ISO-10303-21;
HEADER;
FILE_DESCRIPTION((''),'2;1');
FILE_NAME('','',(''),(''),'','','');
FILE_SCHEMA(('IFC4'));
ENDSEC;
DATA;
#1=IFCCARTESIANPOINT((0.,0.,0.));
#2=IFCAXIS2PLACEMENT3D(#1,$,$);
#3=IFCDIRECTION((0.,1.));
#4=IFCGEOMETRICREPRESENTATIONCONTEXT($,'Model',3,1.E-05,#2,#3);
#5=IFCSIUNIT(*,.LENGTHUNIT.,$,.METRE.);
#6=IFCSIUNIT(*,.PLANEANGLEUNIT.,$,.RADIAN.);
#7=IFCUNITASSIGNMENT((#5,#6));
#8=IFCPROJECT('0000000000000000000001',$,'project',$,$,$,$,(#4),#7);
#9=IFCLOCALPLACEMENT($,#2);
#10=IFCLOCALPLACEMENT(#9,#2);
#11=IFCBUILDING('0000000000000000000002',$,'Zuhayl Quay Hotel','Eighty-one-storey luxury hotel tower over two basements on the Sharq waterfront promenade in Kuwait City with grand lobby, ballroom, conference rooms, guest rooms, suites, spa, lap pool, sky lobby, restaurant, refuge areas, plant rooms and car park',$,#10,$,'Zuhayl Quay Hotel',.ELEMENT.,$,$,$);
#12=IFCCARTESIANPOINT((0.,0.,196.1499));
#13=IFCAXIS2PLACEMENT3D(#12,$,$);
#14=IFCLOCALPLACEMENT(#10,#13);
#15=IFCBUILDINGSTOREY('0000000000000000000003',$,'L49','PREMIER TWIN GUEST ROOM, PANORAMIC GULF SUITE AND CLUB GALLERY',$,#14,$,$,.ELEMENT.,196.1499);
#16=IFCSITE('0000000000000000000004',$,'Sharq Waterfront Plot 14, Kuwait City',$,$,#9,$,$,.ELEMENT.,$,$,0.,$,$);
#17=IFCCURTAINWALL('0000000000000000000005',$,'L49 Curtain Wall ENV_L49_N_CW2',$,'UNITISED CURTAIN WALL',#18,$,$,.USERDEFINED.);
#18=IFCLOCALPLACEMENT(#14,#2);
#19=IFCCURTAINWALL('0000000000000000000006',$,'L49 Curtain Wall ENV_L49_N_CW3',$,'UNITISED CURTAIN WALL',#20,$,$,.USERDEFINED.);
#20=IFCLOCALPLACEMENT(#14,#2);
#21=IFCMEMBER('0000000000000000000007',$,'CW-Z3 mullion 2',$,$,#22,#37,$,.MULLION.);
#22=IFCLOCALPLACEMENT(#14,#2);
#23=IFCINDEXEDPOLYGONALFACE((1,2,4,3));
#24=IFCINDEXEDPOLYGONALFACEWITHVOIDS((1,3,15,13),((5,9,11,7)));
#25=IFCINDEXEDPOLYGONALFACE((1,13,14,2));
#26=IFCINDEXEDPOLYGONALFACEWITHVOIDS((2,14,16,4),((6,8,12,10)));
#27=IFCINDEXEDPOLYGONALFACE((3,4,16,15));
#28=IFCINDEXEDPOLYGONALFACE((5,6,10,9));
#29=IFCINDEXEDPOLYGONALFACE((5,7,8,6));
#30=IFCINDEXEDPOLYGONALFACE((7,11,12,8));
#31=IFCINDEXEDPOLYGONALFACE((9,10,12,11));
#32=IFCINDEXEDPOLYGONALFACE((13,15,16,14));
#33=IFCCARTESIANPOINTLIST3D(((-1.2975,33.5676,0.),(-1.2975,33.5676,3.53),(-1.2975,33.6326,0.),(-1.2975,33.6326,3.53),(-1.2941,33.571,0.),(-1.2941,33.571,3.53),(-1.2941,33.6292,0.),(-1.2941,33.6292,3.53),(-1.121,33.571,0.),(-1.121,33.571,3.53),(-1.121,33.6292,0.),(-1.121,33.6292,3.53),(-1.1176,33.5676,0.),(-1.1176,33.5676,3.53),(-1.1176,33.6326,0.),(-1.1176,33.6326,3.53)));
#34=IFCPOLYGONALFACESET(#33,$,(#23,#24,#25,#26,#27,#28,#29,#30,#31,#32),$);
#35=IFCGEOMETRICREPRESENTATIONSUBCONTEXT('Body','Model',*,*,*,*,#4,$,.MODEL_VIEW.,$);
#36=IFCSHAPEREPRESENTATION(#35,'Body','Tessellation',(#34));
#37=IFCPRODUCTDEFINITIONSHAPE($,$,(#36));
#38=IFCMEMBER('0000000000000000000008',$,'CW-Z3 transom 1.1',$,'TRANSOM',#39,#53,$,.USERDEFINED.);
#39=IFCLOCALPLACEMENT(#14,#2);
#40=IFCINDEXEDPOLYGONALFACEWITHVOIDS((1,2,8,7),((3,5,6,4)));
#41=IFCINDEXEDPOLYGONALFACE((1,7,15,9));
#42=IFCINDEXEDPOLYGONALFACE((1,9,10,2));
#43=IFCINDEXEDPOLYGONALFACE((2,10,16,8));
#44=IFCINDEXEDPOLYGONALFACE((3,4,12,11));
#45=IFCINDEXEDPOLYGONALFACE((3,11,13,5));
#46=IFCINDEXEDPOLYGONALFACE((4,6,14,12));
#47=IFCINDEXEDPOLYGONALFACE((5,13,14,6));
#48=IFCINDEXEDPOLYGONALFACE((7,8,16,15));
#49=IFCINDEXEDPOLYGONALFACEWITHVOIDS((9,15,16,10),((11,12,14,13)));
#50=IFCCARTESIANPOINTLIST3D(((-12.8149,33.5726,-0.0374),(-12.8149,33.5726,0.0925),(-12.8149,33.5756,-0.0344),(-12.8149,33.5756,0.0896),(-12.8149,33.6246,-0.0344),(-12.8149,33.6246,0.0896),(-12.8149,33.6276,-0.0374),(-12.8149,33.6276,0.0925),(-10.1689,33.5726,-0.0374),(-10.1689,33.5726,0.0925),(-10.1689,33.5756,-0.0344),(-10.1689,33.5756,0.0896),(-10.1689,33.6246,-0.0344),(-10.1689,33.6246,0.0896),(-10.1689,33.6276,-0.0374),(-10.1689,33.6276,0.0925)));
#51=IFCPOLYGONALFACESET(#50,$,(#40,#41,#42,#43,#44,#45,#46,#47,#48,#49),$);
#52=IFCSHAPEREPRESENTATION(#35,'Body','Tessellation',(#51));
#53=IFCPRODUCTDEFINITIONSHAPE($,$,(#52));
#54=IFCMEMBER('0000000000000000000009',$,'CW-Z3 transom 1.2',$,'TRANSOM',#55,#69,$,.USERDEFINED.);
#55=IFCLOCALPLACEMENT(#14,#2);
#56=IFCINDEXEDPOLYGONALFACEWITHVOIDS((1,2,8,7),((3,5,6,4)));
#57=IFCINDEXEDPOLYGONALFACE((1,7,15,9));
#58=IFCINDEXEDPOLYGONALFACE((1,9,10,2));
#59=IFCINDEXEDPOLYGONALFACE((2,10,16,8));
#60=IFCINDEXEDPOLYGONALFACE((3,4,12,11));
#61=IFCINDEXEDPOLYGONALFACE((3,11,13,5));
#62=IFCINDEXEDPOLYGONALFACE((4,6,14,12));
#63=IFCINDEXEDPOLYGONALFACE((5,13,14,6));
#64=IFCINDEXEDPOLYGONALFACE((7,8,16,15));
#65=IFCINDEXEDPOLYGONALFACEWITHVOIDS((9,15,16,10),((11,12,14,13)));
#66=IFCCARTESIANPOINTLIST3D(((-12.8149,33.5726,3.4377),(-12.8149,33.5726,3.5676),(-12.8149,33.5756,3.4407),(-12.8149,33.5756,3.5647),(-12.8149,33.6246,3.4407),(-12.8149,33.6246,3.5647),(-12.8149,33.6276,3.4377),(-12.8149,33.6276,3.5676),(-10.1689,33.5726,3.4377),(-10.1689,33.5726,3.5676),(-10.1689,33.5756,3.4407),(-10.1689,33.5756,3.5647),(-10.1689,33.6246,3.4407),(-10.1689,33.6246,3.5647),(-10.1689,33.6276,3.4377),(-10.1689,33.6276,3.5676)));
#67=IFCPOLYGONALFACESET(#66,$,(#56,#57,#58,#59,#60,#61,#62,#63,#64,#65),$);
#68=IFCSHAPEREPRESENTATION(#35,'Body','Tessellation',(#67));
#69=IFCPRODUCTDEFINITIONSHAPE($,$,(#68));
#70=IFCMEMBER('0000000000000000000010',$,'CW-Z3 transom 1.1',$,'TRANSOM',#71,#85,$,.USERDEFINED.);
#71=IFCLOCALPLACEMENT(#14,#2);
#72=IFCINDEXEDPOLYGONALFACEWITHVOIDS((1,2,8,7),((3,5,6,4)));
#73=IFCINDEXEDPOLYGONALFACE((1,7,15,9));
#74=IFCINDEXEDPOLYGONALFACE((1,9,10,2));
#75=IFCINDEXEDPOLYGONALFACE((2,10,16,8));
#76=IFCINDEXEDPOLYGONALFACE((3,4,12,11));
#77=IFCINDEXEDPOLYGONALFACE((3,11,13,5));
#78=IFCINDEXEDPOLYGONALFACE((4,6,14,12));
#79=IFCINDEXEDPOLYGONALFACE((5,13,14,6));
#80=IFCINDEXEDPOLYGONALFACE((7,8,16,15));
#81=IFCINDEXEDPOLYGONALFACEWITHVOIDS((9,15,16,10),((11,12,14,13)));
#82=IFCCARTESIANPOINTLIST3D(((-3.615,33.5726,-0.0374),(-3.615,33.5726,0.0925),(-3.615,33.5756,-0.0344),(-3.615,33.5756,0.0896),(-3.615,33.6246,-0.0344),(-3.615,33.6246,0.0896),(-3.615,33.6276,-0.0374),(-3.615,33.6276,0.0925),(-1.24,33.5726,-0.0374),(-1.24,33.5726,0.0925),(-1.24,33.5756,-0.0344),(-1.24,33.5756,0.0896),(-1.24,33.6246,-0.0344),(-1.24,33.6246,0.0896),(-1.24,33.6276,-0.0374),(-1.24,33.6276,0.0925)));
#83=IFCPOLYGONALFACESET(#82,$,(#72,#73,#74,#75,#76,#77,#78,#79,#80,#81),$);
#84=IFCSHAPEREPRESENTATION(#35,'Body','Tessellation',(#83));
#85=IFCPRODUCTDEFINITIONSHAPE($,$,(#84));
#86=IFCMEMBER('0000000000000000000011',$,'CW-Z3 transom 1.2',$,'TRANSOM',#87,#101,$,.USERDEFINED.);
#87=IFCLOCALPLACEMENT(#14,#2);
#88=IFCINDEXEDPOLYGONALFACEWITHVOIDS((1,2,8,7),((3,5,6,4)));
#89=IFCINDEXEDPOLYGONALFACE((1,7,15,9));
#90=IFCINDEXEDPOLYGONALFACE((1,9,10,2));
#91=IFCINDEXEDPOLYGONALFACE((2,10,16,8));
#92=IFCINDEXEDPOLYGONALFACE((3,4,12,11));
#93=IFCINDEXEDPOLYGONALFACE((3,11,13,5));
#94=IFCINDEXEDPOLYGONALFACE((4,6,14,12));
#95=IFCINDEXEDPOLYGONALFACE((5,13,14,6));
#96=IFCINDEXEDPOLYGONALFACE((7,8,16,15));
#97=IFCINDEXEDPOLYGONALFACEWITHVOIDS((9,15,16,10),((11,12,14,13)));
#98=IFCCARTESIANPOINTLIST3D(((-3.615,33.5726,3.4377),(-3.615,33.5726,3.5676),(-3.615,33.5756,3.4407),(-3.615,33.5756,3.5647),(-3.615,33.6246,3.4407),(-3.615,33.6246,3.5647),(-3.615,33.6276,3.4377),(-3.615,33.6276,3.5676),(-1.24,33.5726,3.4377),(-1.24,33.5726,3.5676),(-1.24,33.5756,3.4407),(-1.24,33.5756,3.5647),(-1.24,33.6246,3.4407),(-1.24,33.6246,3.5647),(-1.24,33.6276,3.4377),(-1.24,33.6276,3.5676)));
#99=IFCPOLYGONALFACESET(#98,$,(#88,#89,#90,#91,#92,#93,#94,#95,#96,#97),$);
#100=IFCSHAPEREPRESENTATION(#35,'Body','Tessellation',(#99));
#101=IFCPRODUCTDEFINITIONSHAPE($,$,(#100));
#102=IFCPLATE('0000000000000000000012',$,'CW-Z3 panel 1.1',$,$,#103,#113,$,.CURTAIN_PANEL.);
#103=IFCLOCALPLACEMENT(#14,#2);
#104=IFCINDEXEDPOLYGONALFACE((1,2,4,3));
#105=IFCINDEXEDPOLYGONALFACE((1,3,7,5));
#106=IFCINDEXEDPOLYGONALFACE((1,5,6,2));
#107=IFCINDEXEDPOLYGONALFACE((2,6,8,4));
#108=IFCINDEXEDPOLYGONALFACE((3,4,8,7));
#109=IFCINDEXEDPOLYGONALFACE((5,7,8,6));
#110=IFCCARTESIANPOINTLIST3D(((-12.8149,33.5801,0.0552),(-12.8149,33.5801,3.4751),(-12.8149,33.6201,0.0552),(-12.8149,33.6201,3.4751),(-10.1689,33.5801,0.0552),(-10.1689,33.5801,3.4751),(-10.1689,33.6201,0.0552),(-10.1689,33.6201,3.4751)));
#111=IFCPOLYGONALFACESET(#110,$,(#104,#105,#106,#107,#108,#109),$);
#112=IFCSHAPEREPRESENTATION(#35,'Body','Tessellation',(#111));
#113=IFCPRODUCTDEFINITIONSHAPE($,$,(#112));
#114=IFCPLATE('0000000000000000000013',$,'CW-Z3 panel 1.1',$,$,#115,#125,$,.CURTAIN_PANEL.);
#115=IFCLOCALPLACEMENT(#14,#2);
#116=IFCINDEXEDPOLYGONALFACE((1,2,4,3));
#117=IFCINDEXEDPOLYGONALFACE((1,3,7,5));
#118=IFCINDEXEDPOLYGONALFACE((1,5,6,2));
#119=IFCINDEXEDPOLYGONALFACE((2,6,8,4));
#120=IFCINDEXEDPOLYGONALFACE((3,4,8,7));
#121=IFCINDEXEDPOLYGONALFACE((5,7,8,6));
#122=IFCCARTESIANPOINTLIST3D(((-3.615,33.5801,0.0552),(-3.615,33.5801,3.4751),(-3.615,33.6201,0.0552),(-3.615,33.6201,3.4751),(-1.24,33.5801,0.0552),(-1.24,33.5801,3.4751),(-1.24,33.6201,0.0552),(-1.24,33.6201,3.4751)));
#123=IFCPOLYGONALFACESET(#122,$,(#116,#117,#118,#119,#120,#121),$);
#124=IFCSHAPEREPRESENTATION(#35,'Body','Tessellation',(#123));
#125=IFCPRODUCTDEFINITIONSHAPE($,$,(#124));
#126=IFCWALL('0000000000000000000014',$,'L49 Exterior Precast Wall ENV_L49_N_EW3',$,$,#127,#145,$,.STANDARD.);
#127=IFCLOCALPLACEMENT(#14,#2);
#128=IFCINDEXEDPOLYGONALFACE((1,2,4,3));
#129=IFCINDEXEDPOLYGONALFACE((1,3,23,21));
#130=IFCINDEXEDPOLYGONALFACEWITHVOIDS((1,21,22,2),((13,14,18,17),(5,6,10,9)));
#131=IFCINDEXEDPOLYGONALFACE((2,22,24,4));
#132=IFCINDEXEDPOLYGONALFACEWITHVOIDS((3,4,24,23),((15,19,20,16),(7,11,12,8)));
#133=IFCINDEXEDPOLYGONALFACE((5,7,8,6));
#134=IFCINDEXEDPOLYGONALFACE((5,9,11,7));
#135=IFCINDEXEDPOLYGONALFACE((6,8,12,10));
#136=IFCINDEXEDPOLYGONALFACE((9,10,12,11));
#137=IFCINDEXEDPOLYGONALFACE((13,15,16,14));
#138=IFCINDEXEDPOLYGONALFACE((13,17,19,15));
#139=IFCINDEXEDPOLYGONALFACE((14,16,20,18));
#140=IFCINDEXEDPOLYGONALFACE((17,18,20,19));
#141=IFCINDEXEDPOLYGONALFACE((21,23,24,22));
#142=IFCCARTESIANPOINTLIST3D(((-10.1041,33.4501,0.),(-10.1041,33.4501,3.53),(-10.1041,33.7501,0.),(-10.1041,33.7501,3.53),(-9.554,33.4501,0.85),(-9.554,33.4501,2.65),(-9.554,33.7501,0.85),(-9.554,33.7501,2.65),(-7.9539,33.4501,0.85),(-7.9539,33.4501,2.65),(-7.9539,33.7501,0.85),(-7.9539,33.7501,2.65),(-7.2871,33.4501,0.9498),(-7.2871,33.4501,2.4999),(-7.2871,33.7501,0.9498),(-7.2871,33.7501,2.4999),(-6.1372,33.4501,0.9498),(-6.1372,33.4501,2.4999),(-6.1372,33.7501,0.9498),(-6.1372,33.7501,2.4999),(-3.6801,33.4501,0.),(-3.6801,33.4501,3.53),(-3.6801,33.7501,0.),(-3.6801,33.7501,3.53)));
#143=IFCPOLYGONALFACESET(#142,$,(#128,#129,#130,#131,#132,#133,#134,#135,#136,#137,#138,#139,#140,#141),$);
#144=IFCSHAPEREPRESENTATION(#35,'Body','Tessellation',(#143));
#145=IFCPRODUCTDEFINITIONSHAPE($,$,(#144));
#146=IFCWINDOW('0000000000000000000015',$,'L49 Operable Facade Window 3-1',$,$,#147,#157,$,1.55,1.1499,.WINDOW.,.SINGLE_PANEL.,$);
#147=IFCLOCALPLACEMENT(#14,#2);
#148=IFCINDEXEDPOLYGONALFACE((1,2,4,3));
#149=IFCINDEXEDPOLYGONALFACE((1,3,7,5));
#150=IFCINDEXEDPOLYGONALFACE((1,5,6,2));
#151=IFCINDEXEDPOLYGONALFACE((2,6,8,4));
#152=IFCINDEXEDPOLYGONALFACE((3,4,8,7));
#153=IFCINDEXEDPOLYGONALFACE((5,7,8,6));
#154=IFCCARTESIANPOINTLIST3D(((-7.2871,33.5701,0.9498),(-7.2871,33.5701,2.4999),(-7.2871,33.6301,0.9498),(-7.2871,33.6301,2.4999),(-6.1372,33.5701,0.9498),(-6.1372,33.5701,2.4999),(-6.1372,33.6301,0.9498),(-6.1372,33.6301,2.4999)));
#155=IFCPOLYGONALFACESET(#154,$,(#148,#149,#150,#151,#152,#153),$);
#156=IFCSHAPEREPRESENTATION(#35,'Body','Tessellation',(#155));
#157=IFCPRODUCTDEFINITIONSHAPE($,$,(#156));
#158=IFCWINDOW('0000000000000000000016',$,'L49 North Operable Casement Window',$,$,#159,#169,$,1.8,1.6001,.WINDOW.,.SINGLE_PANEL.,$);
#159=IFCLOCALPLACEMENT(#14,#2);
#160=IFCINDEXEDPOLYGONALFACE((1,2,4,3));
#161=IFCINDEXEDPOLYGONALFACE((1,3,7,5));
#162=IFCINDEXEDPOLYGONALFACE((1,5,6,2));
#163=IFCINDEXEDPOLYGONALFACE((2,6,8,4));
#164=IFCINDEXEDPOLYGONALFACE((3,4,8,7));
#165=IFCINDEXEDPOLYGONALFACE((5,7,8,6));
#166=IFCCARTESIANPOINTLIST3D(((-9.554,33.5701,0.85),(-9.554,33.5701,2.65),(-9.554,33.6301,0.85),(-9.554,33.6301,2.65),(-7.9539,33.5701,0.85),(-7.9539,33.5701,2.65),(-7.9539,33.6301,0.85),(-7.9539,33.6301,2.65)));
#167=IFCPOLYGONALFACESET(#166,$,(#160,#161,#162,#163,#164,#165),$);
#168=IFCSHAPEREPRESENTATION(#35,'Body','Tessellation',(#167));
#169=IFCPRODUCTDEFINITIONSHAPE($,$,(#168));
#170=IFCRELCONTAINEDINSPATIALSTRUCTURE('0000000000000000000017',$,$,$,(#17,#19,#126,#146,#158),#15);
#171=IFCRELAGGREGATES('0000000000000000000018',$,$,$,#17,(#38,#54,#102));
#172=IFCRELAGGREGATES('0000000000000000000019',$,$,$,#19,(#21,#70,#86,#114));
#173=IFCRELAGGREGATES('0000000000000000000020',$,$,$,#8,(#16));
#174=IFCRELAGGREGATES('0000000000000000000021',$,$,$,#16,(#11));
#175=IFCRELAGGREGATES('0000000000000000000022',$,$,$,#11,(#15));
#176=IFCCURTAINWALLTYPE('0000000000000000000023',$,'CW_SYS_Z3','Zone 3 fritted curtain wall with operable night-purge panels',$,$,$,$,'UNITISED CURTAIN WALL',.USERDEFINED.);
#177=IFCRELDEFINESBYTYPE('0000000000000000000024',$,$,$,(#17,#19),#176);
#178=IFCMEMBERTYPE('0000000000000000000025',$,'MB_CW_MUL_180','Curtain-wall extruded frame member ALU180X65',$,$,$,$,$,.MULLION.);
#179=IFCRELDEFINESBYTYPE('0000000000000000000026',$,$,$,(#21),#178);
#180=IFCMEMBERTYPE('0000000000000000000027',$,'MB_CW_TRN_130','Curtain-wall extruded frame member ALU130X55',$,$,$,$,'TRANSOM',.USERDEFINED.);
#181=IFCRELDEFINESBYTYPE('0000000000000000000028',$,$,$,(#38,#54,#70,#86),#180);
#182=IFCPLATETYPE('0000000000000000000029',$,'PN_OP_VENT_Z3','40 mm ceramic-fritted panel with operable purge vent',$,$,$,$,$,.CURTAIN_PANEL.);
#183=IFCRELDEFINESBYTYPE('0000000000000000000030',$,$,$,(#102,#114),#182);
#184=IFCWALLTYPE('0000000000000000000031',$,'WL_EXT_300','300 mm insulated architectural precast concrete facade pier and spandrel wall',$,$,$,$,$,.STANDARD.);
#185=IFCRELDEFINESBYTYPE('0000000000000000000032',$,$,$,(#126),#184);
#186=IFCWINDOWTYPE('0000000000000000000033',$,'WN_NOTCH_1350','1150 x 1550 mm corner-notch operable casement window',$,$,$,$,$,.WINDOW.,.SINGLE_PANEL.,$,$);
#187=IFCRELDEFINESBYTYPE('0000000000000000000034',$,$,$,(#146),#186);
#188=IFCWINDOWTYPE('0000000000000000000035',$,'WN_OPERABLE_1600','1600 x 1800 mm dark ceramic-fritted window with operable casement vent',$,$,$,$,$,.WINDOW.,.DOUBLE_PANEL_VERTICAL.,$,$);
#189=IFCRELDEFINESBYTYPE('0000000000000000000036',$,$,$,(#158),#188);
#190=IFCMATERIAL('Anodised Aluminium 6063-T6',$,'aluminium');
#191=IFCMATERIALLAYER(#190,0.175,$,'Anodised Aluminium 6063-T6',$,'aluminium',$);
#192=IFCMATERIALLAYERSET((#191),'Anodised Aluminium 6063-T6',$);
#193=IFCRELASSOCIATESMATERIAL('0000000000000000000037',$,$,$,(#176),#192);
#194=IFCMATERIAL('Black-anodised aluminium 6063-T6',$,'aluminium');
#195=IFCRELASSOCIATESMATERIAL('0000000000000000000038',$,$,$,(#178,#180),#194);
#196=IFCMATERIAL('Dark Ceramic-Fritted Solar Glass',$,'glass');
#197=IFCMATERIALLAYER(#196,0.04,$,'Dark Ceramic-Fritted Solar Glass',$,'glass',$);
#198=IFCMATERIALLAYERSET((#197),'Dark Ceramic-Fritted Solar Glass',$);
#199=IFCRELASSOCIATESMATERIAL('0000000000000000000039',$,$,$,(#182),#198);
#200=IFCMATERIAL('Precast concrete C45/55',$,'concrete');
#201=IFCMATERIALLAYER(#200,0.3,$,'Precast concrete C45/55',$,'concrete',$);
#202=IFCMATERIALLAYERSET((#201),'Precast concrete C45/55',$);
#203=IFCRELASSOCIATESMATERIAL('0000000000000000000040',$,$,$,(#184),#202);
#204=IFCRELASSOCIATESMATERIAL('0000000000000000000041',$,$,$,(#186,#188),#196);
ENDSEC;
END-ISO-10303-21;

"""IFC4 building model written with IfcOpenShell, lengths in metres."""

from ifc_helpers import new_model, si_unit, direction, frame, frame_2d, origin, origin_2d, place, context, subcontext, project, spatial, rectangle, hollow_rectangle, extrude, material, layer, layer_set, material_profile, profile_set, type_object, element, fill, aggregate, save


model = new_model("IFC4")

# Units and contexts
model_context = context("Model", 3, precision=1e-05, world=origin(), true_north=direction((0.0, 1.0)))
body_context = subcontext(model_context, "Body", "Model", "MODEL_VIEW")
ifc_project = project(units=[si_unit("LENGTHUNIT", "METRE"), si_unit("PLANEANGLEUNIT", "RADIAN")], contexts=[model_context])

# Site, building, storey
site_placement = place(None, origin())
site = spatial("IfcSite", under=ifc_project, at=site_placement, Name="Sharq Waterfront Plot 14, Kuwait City", CompositionType="ELEMENT", RefElevation=0.0)
building_placement = place(site_placement, origin())
building = spatial("IfcBuilding", under=site, at=building_placement, Name="Zuhayl Quay Hotel", Description="Eighty-one-storey luxury hotel tower over two basements on the Sharq waterfront promenade in Kuwait City with grand lobby, ballroom, conference rooms, guest rooms, suites, spa, lap pool, sky lobby, restaurant, refuge areas, plant rooms and car park", LongName="Zuhayl Quay Hotel", CompositionType="ELEMENT")
storey_placement = place(building_placement, frame((0.0, 0.0, 196.1499)))
storey = spatial("IfcBuildingStorey", under=building, at=storey_placement, Name="L49", Description="PREMIER TWIN GUEST ROOM, PANORAMIC GULF SUITE AND CLUB GALLERY", CompositionType="ELEMENT", Elevation=196.1499)

# Curtain walls, member
ifc_material_1 = material(Name="Anodised Aluminium 6063-T6", Category="aluminium")
ifc_layer_1 = layer(ifc_material_1, 0.175, Name="Anodised Aluminium 6063-T6", Category="aluminium")
ifc_layer_set_1 = layer_set([ifc_layer_1], Name="Anodised Aluminium 6063-T6")
curtain_wall_type = type_object("IfcCurtainWallType", Name="CW_SYS_Z3", Description="Zone 3 fritted curtain wall with operable night-purge panels", ElementType="UNITISED CURTAIN WALL", PredefinedType="USERDEFINED", material=ifc_layer_set_1)
curtain_wall_1_placement = place(storey_placement, origin())
curtain_wall_1 = element("IfcCurtainWall", 1, at=curtain_wall_1_placement, inside=storey, type_object=curtain_wall_type, Name="L49 Curtain Wall ENV_L49_N_CW2", ObjectType="UNITISED CURTAIN WALL", PredefinedType="USERDEFINED")
ifc_material_2 = material(Name="Black-anodised aluminium 6063-T6", Category="aluminium")
ifc_material_profile_1 = material_profile(ifc_material_2, hollow_rectangle(XDim=0.0649, YDim=0.1799, WallThickness=0.0034, at=origin_2d()), Name="ALU180X65")
ifc_profile_set_1 = profile_set([ifc_material_profile_1], Name="Black-anodised aluminium 6063-T6")
member_type_1 = type_object("IfcMemberType", Name="MB_CW_MUL_180", Description="Curtain-wall extruded frame member ALU180X65", PredefinedType="MULLION", material=ifc_profile_set_1)
curtain_wall_2_placement = place(storey_placement, origin())
curtain_wall_2 = element("IfcCurtainWall", 2, at=curtain_wall_2_placement, inside=storey, type_object=curtain_wall_type, Name="L49 Curtain Wall ENV_L49_N_CW3", ObjectType="UNITISED CURTAIN WALL", PredefinedType="USERDEFINED")
member_1_placement = place(storey_placement, frame((-1.2075, 33.6001, 0.0), z_axis=(0.0, 0.0, 1.0), x_axis=(0.0, 1.0, 0.0)))
member_1 = element("IfcMember", 3, at=member_1_placement, type_object=member_type_1, Name="CW-Z3 mullion 2", PredefinedType="MULLION", context=body_context, shape_type="SweptSolid", body=[
    extrude(hollow_rectangle(XDim=0.0649, YDim=0.1799, WallThickness=0.0034, at=origin_2d()), origin(), (0.0, 0.0, 1.0), 3.53),
])

# Members
ifc_material_profile_2 = material_profile(ifc_material_2, hollow_rectangle(XDim=0.0549, YDim=0.1299, WallThickness=0.0029, at=origin_2d()), Name="ALU130X55")
ifc_profile_set_2 = profile_set([ifc_material_profile_2], Name="Black-anodised aluminium 6063-T6")
member_type_2 = type_object("IfcMemberType", Name="MB_CW_TRN_130", Description="Curtain-wall extruded frame member ALU130X55", ElementType="TRANSOM", PredefinedType="USERDEFINED", material=ifc_profile_set_2)
member_2_placement = place(storey_placement, frame((-12.8149, 33.6001, 0.0276), z_axis=(1.0, 0.0, 0.0), x_axis=(0.0, 1.0, 0.0)))
member_2 = element("IfcMember", 4, at=member_2_placement, type_object=member_type_2, Name="CW-Z3 transom 1.1", ObjectType="TRANSOM", PredefinedType="USERDEFINED", context=body_context, shape_type="SweptSolid", body=[
    extrude(hollow_rectangle(XDim=0.0549, YDim=0.1299, WallThickness=0.0029, at=origin_2d()), origin(), (0.0, 0.0, 1.0), 2.646),
])
member_3_placement = place(storey_placement, frame((-12.8149, 33.6001, 3.5027), z_axis=(1.0, 0.0, 0.0), x_axis=(0.0, 1.0, 0.0)))
member_3 = element("IfcMember", 5, at=member_3_placement, type_object=member_type_2, Name="CW-Z3 transom 1.2", ObjectType="TRANSOM", PredefinedType="USERDEFINED", context=body_context, shape_type="SweptSolid", body=[
    extrude(hollow_rectangle(XDim=0.0549, YDim=0.1299, WallThickness=0.0029, at=origin_2d()), origin(), (0.0, 0.0, 1.0), 2.646),
])
member_4_placement = place(storey_placement, frame((-3.615, 33.6001, 0.0276), z_axis=(1.0, 0.0, 0.0), x_axis=(0.0, 1.0, 0.0)))
member_4 = element("IfcMember", 6, at=member_4_placement, type_object=member_type_2, Name="CW-Z3 transom 1.1", ObjectType="TRANSOM", PredefinedType="USERDEFINED", context=body_context, shape_type="SweptSolid", body=[
    extrude(hollow_rectangle(XDim=0.0549, YDim=0.1299, WallThickness=0.0029, at=origin_2d()), origin(), (0.0, 0.0, 1.0), 2.375),
])
member_5_placement = place(storey_placement, frame((-3.615, 33.6001, 3.5027), z_axis=(1.0, 0.0, 0.0), x_axis=(0.0, 1.0, 0.0)))
member_5 = element("IfcMember", 7, at=member_5_placement, type_object=member_type_2, Name="CW-Z3 transom 1.2", ObjectType="TRANSOM", PredefinedType="USERDEFINED", context=body_context, shape_type="SweptSolid", body=[
    extrude(hollow_rectangle(XDim=0.0549, YDim=0.1299, WallThickness=0.0029, at=origin_2d()), origin(), (0.0, 0.0, 1.0), 2.375),
])

# Plates
ifc_material_3 = material(Name="Dark Ceramic-Fritted Solar Glass", Category="glass")
ifc_layer_2 = layer(ifc_material_3, 0.04, Name="Dark Ceramic-Fritted Solar Glass", Category="glass")
ifc_layer_set_2 = layer_set([ifc_layer_2], Name="Dark Ceramic-Fritted Solar Glass")
plate_type = type_object("IfcPlateType", Name="PN_OP_VENT_Z3", Description="40 mm ceramic-fritted panel with operable purge vent", PredefinedType="CURTAIN_PANEL", material=ifc_layer_set_2)
plate_1_placement = place(storey_placement, frame((-11.4919, 33.6001, 0.0552), z_axis=(0.0, 0.0, 1.0), x_axis=(1.0, 0.0, 0.0)))
plate_1 = element("IfcPlate", 8, at=plate_1_placement, type_object=plate_type, Name="CW-Z3 panel 1.1", PredefinedType="CURTAIN_PANEL", context=body_context, shape_type="SweptSolid", body=[
    extrude(rectangle(XDim=2.646, YDim=0.04, at=origin_2d()), origin(), (0.0, 0.0, 1.0), 3.4199),
])
aggregate(curtain_wall_1, [member_2, member_3, plate_1])
plate_2_placement = place(storey_placement, frame((-2.4275, 33.6001, 0.0552), z_axis=(0.0, 0.0, 1.0), x_axis=(1.0, 0.0, 0.0)))
plate_2 = element("IfcPlate", 9, at=plate_2_placement, type_object=plate_type, Name="CW-Z3 panel 1.1", PredefinedType="CURTAIN_PANEL", context=body_context, shape_type="SweptSolid", body=[
    extrude(rectangle(XDim=2.375, YDim=0.04, at=origin_2d()), origin(), (0.0, 0.0, 1.0), 3.4199),
])
aggregate(curtain_wall_2, [member_1, member_4, member_5, plate_2])

# Wall, openings, windows
ifc_material_4 = material(Name="Precast concrete C45/55", Category="concrete")
ifc_layer_3 = layer(ifc_material_4, 0.3, Name="Precast concrete C45/55", Category="concrete")
ifc_layer_set_3 = layer_set([ifc_layer_3], Name="Precast concrete C45/55")
wall_type_1 = type_object("IfcWallType", Name="WL_EXT_300", Description="300 mm insulated architectural precast concrete facade pier and spandrel wall", PredefinedType="STANDARD", material=ifc_layer_set_3)
wall_1_placement = place(storey_placement, frame((-10.104, 33.6001, 0.0), z_axis=(0.0, 0.0, 1.0), x_axis=(1.0, 0.0, 0.0)))
wall_1 = element("IfcWall", 10, at=wall_1_placement, inside=storey, type_object=wall_type_1, Name="L49 Exterior Precast Wall ENV_L49_N_EW3", PredefinedType="STANDARD", context=body_context, shape_type="SweptSolid", body=[
    extrude(rectangle(XDim=6.4241, YDim=0.3, at=frame_2d((3.2119, 0.0))), origin(), (0.0, 0.0, 1.0), 3.53),
])
opening_1_placement = place(wall_1_placement, frame((0.55, 0.0, 0.8501)))
opening_1 = element("IfcOpeningElement", 11, at=opening_1_placement, cuts=wall_1, PredefinedType="OPENING", context=body_context, shape_type="SweptSolid", body=[
    extrude(rectangle(XDim=1.6001, YDim=1.8, at=frame_2d((0.8, 0.8999))), frame((0.0, 0.1599, 0.0), z_axis=(0.0, -1.0, 0.0), x_axis=(1.0, 0.0, 0.0)), (0.0, 0.0, 1.0), 0.3201),
])
opening_2_placement = place(wall_1_placement, frame((2.8169, 0.0, 0.95)))
opening_2 = element("IfcOpeningElement", 12, at=opening_2_placement, cuts=wall_1, PredefinedType="OPENING", context=body_context, shape_type="SweptSolid", body=[
    extrude(rectangle(XDim=1.1499, YDim=1.55, at=frame_2d((0.575, 0.7749))), frame((0.0, 0.1599, 0.0), z_axis=(0.0, -1.0, 0.0), x_axis=(1.0, 0.0, 0.0)), (0.0, 0.0, 1.0), 0.3201),
])
window_type_1 = type_object("IfcWindowType", Name="WN_NOTCH_1350", Description="1150 x 1550 mm corner-notch operable casement window", PartitioningType="SINGLE_PANEL", PredefinedType="WINDOW", material=ifc_material_3)
window_1_placement = place(opening_2_placement, origin())
window_1 = element("IfcWindow", 13, at=window_1_placement, inside=storey, type_object=window_type_1, Name="L49 Operable Facade Window 3-1", OverallHeight=1.55, OverallWidth=1.1499, PartitioningType="SINGLE_PANEL", PredefinedType="WINDOW", context=body_context, shape_type="SweptSolid", body=[
    extrude(rectangle(XDim=1.1499, YDim=1.55, at=frame_2d((0.575, 0.7749))), frame((0.0, 0.03, 0.0), z_axis=(0.0, -1.0, 0.0), x_axis=(1.0, 0.0, 0.0)), (0.0, 0.0, 1.0), 0.0601),
])
fill(opening_2, window_1)
window_type_2 = type_object("IfcWindowType", Name="WN_OPERABLE_1600", Description="1600 x 1800 mm dark ceramic-fritted window with operable casement vent", PartitioningType="DOUBLE_PANEL_VERTICAL", PredefinedType="WINDOW", material=ifc_material_3)
window_2_placement = place(opening_1_placement, origin())
window_2 = element("IfcWindow", 14, at=window_2_placement, inside=storey, type_object=window_type_2, Name="L49 North Operable Casement Window", OverallHeight=1.8, OverallWidth=1.6001, PartitioningType="SINGLE_PANEL", PredefinedType="WINDOW", context=body_context, shape_type="SweptSolid", body=[
    extrude(rectangle(XDim=1.6001, YDim=1.8, at=frame_2d((0.8, 0.8999))), frame((0.0, 0.03, 0.0), z_axis=(0.0, -1.0, 0.0), x_axis=(1.0, 0.0, 0.0)), (0.0, 0.0, 1.0), 0.0601),
])
fill(opening_1, window_2)

save(model, "model.ifc")
